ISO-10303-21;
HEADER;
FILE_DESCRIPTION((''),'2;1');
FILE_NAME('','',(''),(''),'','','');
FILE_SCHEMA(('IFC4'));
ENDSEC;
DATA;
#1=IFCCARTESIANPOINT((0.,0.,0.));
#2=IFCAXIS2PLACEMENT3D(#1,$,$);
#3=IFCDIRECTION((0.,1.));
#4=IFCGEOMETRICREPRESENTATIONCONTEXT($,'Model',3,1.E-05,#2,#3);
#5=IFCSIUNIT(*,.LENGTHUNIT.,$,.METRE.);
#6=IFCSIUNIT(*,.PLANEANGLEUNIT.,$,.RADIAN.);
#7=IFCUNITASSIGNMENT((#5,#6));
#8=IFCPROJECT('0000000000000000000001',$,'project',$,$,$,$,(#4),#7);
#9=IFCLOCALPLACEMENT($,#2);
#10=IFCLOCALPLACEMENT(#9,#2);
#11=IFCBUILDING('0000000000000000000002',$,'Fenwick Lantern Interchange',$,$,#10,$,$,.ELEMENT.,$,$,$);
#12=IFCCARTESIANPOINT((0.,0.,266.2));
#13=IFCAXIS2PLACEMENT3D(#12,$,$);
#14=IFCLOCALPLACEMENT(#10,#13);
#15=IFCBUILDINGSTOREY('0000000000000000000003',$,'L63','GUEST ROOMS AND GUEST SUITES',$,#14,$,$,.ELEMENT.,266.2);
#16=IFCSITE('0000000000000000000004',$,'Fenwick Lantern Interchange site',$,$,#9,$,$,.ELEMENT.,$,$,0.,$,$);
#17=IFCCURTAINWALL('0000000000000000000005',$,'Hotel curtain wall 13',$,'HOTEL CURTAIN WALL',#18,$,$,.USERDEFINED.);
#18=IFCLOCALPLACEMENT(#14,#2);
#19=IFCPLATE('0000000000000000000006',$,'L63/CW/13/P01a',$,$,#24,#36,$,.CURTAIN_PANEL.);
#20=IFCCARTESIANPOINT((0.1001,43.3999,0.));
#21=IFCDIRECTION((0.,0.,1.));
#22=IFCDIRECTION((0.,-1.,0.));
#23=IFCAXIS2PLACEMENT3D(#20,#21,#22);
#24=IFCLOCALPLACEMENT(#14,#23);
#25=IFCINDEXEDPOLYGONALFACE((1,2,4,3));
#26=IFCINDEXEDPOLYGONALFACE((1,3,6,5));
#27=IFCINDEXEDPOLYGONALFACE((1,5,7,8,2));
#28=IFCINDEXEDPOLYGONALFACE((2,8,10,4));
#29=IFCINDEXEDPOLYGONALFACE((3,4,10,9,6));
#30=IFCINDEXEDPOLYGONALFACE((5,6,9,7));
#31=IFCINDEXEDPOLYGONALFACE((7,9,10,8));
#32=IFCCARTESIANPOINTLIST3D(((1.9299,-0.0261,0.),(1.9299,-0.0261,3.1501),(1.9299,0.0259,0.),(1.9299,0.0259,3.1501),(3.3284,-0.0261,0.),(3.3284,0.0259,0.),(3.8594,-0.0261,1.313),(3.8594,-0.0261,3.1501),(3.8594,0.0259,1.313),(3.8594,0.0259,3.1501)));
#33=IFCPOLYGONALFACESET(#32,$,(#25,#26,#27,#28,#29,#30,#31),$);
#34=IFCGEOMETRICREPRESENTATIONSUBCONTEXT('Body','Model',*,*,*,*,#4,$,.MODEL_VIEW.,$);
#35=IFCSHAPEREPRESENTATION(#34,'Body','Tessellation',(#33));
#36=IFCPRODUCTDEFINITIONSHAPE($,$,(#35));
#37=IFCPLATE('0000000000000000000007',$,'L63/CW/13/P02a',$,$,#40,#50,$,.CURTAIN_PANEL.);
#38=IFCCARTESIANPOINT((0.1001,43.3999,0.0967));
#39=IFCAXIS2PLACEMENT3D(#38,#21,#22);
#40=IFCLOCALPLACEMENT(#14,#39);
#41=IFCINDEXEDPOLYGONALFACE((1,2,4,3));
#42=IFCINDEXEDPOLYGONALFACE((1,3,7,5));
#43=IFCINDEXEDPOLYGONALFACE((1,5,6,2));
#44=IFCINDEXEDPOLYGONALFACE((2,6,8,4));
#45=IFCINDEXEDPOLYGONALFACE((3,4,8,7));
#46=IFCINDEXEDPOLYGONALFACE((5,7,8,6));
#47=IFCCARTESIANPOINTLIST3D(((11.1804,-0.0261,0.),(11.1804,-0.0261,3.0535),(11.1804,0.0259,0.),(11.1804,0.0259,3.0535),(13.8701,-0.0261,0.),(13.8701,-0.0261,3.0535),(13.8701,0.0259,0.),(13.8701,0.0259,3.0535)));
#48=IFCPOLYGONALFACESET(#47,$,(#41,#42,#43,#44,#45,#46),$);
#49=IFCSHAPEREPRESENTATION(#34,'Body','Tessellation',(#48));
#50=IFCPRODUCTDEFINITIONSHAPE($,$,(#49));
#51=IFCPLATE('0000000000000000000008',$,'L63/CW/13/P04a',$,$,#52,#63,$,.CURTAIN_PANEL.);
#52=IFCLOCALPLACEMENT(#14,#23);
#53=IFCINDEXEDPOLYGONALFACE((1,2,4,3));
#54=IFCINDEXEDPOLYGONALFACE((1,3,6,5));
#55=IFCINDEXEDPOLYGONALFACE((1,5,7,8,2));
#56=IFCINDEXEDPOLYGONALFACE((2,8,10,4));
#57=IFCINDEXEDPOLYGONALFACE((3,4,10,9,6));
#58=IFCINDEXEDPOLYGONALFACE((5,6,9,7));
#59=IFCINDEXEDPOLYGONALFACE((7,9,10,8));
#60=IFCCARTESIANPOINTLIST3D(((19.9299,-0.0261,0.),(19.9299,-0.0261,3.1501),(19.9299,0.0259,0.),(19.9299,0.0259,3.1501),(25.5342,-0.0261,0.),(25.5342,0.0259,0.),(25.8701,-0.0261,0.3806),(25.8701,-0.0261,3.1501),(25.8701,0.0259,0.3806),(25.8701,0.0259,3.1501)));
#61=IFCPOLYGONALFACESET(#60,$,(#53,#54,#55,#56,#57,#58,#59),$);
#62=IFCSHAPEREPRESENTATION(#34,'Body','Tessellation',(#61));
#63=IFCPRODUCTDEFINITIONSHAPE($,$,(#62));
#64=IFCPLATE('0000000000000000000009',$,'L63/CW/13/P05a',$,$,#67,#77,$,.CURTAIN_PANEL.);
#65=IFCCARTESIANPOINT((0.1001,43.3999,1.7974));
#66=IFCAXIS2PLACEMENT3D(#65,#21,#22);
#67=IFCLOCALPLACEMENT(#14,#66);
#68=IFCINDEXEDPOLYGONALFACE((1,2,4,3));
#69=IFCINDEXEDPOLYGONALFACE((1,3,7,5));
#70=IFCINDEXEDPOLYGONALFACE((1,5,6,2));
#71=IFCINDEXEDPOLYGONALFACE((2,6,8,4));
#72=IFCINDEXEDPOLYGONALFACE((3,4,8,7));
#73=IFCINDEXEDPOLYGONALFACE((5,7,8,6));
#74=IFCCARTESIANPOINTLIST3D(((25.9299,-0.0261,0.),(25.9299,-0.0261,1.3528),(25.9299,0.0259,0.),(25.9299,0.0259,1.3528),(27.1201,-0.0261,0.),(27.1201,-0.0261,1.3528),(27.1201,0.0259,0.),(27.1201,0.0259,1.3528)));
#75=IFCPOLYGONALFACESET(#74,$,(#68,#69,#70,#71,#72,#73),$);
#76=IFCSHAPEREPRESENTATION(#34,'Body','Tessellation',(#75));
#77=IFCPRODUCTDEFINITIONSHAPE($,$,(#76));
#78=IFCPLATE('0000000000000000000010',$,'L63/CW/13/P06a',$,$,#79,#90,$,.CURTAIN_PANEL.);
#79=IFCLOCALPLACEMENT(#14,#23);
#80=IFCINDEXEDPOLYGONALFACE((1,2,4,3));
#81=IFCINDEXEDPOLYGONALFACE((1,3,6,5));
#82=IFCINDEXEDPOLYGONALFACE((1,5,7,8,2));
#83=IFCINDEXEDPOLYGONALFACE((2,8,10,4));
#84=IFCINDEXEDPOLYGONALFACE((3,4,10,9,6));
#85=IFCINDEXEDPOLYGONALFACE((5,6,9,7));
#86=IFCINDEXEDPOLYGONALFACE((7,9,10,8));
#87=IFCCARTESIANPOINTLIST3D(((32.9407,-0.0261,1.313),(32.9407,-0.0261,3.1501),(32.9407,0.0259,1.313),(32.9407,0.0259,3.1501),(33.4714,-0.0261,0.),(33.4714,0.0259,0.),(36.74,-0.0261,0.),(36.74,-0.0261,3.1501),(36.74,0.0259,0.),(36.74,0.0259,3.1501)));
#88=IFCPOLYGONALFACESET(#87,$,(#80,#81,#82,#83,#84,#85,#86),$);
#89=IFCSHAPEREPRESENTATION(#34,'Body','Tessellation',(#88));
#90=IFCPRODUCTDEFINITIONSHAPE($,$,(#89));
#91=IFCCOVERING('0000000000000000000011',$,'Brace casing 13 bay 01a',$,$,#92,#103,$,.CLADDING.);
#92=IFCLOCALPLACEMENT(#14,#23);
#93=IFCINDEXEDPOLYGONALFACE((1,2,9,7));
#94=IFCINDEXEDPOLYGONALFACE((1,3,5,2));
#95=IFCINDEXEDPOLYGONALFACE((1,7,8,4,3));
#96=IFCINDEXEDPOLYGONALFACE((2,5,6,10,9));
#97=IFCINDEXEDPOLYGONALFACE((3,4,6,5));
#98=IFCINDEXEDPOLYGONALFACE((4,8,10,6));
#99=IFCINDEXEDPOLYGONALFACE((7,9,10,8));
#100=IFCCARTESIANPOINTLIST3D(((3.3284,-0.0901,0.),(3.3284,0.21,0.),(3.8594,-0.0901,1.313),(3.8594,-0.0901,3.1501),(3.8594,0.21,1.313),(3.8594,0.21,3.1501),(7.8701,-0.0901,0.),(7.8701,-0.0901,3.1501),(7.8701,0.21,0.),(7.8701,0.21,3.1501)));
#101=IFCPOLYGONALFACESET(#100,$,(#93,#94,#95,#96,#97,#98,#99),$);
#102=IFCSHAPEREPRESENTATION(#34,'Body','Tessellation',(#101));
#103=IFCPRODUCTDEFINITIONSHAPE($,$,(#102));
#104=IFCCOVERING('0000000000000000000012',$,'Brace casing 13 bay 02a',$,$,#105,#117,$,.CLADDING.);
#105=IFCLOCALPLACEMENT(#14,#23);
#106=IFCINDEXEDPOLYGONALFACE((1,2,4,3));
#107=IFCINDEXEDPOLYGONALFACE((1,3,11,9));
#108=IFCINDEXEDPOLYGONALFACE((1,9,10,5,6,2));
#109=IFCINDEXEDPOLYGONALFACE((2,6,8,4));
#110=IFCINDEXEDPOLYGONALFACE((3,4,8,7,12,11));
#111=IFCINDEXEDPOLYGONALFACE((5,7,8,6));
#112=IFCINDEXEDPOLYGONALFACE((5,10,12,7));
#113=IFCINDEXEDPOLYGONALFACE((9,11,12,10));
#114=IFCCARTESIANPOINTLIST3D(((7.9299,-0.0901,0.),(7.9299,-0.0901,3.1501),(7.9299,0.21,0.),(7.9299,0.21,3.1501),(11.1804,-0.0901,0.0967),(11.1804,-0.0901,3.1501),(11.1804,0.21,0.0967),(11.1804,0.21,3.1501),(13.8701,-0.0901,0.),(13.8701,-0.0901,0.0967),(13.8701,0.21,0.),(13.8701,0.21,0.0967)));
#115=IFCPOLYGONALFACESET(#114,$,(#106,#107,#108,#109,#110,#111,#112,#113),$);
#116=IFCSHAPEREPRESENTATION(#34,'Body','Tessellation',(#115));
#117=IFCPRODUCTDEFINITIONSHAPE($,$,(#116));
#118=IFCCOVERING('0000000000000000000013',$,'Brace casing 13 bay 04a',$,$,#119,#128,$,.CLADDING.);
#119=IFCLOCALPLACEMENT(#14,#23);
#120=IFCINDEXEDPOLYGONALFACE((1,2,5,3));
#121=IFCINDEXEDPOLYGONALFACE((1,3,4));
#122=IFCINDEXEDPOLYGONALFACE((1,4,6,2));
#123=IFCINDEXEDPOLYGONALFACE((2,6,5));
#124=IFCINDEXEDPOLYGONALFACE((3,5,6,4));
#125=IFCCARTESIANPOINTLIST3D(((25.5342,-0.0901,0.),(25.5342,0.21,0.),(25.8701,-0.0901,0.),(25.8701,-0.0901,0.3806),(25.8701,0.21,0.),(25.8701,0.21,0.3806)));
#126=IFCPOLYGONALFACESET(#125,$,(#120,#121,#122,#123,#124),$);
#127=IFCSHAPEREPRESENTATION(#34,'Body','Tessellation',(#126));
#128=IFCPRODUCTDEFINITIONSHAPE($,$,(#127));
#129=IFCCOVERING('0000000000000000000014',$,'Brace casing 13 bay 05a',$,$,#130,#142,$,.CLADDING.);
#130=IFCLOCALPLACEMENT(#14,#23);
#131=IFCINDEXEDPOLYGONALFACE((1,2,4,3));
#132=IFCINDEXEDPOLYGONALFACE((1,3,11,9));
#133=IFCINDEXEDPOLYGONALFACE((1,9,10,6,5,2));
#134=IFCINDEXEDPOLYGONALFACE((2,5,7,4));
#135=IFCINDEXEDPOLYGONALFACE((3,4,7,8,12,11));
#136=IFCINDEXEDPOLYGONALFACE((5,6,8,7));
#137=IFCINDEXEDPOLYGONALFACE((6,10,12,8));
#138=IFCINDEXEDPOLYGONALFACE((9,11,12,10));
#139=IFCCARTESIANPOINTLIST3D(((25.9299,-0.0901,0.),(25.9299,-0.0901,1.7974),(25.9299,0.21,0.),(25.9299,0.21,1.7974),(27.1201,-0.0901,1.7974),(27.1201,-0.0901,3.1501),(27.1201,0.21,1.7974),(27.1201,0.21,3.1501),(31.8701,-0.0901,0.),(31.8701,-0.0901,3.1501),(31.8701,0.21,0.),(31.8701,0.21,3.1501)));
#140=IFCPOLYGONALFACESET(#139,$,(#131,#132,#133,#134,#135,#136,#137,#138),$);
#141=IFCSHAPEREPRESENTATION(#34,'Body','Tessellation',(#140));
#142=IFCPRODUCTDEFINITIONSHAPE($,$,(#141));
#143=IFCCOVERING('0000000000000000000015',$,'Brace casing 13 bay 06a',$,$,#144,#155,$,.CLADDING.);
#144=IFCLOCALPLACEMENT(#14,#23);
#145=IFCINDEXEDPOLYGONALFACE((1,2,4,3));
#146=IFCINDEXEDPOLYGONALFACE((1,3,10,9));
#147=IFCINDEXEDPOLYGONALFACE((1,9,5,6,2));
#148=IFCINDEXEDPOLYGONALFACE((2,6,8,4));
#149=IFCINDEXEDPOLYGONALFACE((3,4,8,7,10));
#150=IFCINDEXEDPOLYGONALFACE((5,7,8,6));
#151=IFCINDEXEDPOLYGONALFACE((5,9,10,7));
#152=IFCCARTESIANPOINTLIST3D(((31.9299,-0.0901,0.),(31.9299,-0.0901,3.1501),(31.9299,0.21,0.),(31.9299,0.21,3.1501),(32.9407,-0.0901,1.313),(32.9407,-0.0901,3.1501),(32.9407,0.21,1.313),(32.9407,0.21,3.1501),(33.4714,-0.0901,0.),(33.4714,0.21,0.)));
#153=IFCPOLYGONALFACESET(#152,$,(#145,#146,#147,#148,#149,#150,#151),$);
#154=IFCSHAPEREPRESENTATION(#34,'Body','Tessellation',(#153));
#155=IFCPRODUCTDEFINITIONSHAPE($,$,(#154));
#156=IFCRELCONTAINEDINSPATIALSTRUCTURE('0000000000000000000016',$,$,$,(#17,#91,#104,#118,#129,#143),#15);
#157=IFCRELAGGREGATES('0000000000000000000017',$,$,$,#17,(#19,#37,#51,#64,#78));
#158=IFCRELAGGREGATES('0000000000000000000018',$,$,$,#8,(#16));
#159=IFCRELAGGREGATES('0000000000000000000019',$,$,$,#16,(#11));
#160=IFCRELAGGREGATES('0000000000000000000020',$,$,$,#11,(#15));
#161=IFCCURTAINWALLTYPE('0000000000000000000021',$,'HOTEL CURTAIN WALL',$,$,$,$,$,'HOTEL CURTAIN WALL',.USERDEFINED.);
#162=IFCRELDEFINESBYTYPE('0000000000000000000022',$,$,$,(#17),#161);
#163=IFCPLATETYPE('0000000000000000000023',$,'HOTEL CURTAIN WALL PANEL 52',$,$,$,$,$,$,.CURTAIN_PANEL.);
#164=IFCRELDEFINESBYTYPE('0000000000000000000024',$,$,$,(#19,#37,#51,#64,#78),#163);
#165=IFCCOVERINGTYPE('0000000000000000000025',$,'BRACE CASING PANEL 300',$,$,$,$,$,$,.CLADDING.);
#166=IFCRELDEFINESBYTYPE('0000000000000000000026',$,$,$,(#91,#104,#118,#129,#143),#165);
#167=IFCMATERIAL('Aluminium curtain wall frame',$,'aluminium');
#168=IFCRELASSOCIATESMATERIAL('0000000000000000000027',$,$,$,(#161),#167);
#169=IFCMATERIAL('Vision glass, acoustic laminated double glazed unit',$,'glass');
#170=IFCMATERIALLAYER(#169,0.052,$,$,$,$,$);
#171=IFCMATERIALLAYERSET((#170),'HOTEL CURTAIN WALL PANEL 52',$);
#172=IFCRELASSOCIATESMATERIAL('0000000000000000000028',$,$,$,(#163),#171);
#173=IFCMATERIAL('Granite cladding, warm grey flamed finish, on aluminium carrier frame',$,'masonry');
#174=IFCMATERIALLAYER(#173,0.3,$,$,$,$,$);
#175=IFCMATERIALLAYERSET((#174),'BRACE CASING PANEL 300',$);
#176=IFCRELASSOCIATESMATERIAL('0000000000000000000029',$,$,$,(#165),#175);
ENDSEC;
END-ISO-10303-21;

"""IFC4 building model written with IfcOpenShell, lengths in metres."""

from ifc_helpers import new_model, si_unit, direction, frame, origin, place, context, subcontext, project, spatial, polyline, outline, extrude, material, layer, layer_set, type_object, element, aggregate, save


model = new_model("IFC4")

# Units and contexts
model_context = context("Model", 3, precision=1e-05, world=origin(), true_north=direction((0.0, 1.0)))
body_context = subcontext(model_context, "Body", "Model", "MODEL_VIEW")
ifc_project = project(units=[si_unit("LENGTHUNIT", "METRE"), si_unit("PLANEANGLEUNIT", "RADIAN")], contexts=[model_context])

# Site, building, storey
site_placement = place(None, origin())
site = spatial("IfcSite", under=ifc_project, at=site_placement, Name="Fenwick Lantern Interchange site", CompositionType="ELEMENT", RefElevation=0.0)
building_placement = place(site_placement, origin())
building = spatial("IfcBuilding", under=site, at=building_placement, Name="Fenwick Lantern Interchange", CompositionType="ELEMENT")
storey_placement = place(building_placement, frame((0.0, 0.0, 266.2)))
storey = spatial("IfcBuildingStorey", under=building, at=storey_placement, Name="L63", Description="GUEST ROOMS AND GUEST SUITES", CompositionType="ELEMENT", Elevation=266.2)

# Shared definitions
ifc_material_1 = material(Name="Aluminium curtain wall frame", Category="aluminium")
curtain_wall_type = type_object("IfcCurtainWallType", Name="HOTEL CURTAIN WALL", ElementType="HOTEL CURTAIN WALL", PredefinedType="USERDEFINED", material=ifc_material_1)

# Curtain wall
curtain_wall_1_placement = place(storey_placement, origin())
curtain_wall_1 = element("IfcCurtainWall", 1, at=curtain_wall_1_placement, inside=storey, type_object=curtain_wall_type, Name="Hotel curtain wall 13", ObjectType="HOTEL CURTAIN WALL", PredefinedType="USERDEFINED")

# Plates
ifc_material_2 = material(Name="Vision glass, acoustic laminated double glazed unit", Category="glass")
ifc_layer_1 = layer(ifc_material_2, 0.052)
ifc_layer_set_1 = layer_set([ifc_layer_1], Name="HOTEL CURTAIN WALL PANEL 52")
plate_type = type_object("IfcPlateType", Name="HOTEL CURTAIN WALL PANEL 52", PredefinedType="CURTAIN_PANEL", material=ifc_layer_set_1)
plate_1_placement = place(storey_placement, frame((0.1001, 43.3999, 0.0), z_axis=(0.0, 0.0, 1.0), x_axis=(0.0, -1.0, 0.0)))
plate_1 = element("IfcPlate", 2, at=plate_1_placement, type_object=plate_type, Name="L63/CW/13/P01a", PredefinedType="CURTAIN_PANEL", context=body_context, shape_type="SweptSolid", body=[
    extrude(outline(polyline([(1.9299, 0.0), (3.3284, 0.0), (3.8594, 1.313), (3.8594, 3.1501), (1.9299, 3.1501), (1.9299, 0.0)])), frame((0.0, 0.0259, 0.0), z_axis=(0.0, -1.0, 0.0), x_axis=(1.0, 0.0, 0.0)), (0.0, 0.0, 1.0), 0.052),
])
plate_2_placement = place(storey_placement, frame((0.1001, 43.3999, 0.0967), z_axis=(0.0, 0.0, 1.0), x_axis=(0.0, -1.0, 0.0)))
plate_2 = element("IfcPlate", 3, at=plate_2_placement, type_object=plate_type, Name="L63/CW/13/P02a", PredefinedType="CURTAIN_PANEL", context=body_context, shape_type="SweptSolid", body=[
    extrude(outline(polyline([(11.1804, 0.0), (13.8701, 0.0), (13.8701, 3.0535), (11.1804, 3.0535), (11.1804, 0.0)])), frame((0.0, 0.0259, 0.0), z_axis=(0.0, -1.0, 0.0), x_axis=(1.0, 0.0, 0.0)), (0.0, 0.0, 1.0), 0.052),
])
plate_3_placement = place(storey_placement, frame((0.1001, 43.3999, 0.0), z_axis=(0.0, 0.0, 1.0), x_axis=(0.0, -1.0, 0.0)))
plate_3 = element("IfcPlate", 4, at=plate_3_placement, type_object=plate_type, Name="L63/CW/13/P04a", PredefinedType="CURTAIN_PANEL", context=body_context, shape_type="SweptSolid", body=[
    extrude(outline(polyline([(19.9299, 0.0), (25.5342, 0.0), (25.8701, 0.3806), (25.8701, 3.1501), (19.9299, 3.1501), (19.9299, 0.0)])), frame((0.0, 0.0259, 0.0), z_axis=(0.0, -1.0, 0.0), x_axis=(1.0, 0.0, 0.0)), (0.0, 0.0, 1.0), 0.052),
])
plate_4_placement = place(storey_placement, frame((0.1001, 43.3999, 1.7974), z_axis=(0.0, 0.0, 1.0), x_axis=(0.0, -1.0, 0.0)))
plate_4 = element("IfcPlate", 5, at=plate_4_placement, type_object=plate_type, Name="L63/CW/13/P05a", PredefinedType="CURTAIN_PANEL", context=body_context, shape_type="SweptSolid", body=[
    extrude(outline(polyline([(25.9299, 0.0), (27.1201, 0.0), (27.1201, 1.3528), (25.9299, 1.3528), (25.9299, 0.0)])), frame((0.0, 0.0259, 0.0), z_axis=(0.0, -1.0, 0.0), x_axis=(1.0, 0.0, 0.0)), (0.0, 0.0, 1.0), 0.052),
])
plate_5_placement = place(storey_placement, frame((0.1001, 43.3999, 0.0), z_axis=(0.0, 0.0, 1.0), x_axis=(0.0, -1.0, 0.0)))
plate_5 = element("IfcPlate", 6, at=plate_5_placement, type_object=plate_type, Name="L63/CW/13/P06a", PredefinedType="CURTAIN_PANEL", context=body_context, shape_type="SweptSolid", body=[
    extrude(outline(polyline([(33.4714, 0.0), (36.74, 0.0), (36.74, 3.1501), (32.9407, 3.1501), (32.9407, 1.313), (33.4714, 0.0)])), frame((0.0, 0.0259, 0.0), z_axis=(0.0, -1.0, 0.0), x_axis=(1.0, 0.0, 0.0)), (0.0, 0.0, 1.0), 0.052),
])
aggregate(curtain_wall_1, [plate_1, plate_2, plate_3, plate_4, plate_5])

# Coverings
ifc_material_3 = material(Name="Granite cladding, warm grey flamed finish, on aluminium carrier frame", Category="masonry")
ifc_layer_2 = layer(ifc_material_3, 0.3)
ifc_layer_set_2 = layer_set([ifc_layer_2], Name="BRACE CASING PANEL 300")
covering_type = type_object("IfcCoveringType", Name="BRACE CASING PANEL 300", PredefinedType="CLADDING", material=ifc_layer_set_2)
covering_1_placement = place(storey_placement, frame((0.1001, 43.3999, 0.0), z_axis=(0.0, 0.0, 1.0), x_axis=(0.0, -1.0, 0.0)))
element("IfcCovering", 7, at=covering_1_placement, inside=storey, type_object=covering_type, Name="Brace casing 13 bay 01a", PredefinedType="CLADDING", context=body_context, shape_type="SweptSolid", body=[
    extrude(outline(polyline([(3.3284, 0.0), (7.8701, 0.0), (7.8701, 3.1501), (3.8594, 3.1501), (3.8594, 1.313), (3.3284, 0.0)])), frame((0.0, 0.21, 0.0), z_axis=(0.0, -1.0, 0.0), x_axis=(1.0, 0.0, 0.0)), (0.0, 0.0, 1.0), 0.3),
])
covering_2_placement = place(storey_placement, frame((0.1001, 43.3999, 0.0), z_axis=(0.0, 0.0, 1.0), x_axis=(0.0, -1.0, 0.0)))
element("IfcCovering", 8, at=covering_2_placement, inside=storey, type_object=covering_type, Name="Brace casing 13 bay 02a", PredefinedType="CLADDING", context=body_context, shape_type="SweptSolid", body=[
    extrude(outline(polyline([(7.9299, 0.0), (13.8701, 0.0), (13.8701, 0.0967), (11.1804, 0.0967), (11.1804, 3.1501), (7.9299, 3.1501), (7.9299, 0.0)])), frame((0.0, 0.21, 0.0), z_axis=(0.0, -1.0, 0.0), x_axis=(1.0, 0.0, 0.0)), (0.0, 0.0, 1.0), 0.3),
])
covering_3_placement = place(storey_placement, frame((0.1001, 43.3999, 0.0), z_axis=(0.0, 0.0, 1.0), x_axis=(0.0, -1.0, 0.0)))
element("IfcCovering", 9, at=covering_3_placement, inside=storey, type_object=covering_type, Name="Brace casing 13 bay 04a", PredefinedType="CLADDING", context=body_context, shape_type="SweptSolid", body=[
    extrude(outline(polyline([(25.5342, 0.0), (25.8701, 0.0), (25.8701, 0.3806), (25.5342, 0.0)])), frame((0.0, 0.21, 0.0), z_axis=(0.0, -1.0, 0.0), x_axis=(1.0, 0.0, 0.0)), (0.0, 0.0, 1.0), 0.3),
])
covering_4_placement = place(storey_placement, frame((0.1001, 43.3999, 0.0), z_axis=(0.0, 0.0, 1.0), x_axis=(0.0, -1.0, 0.0)))
element("IfcCovering", 10, at=covering_4_placement, inside=storey, type_object=covering_type, Name="Brace casing 13 bay 05a", PredefinedType="CLADDING", context=body_context, shape_type="SweptSolid", body=[
    extrude(outline(polyline([(25.9299, 0.0), (31.8701, 0.0), (31.8701, 3.1501), (27.1201, 3.1501), (27.1201, 1.7974), (25.9299, 1.7974), (25.9299, 0.0)])), frame((0.0, 0.21, 0.0), z_axis=(0.0, -1.0, 0.0), x_axis=(1.0, 0.0, 0.0)), (0.0, 0.0, 1.0), 0.3),
])
covering_5_placement = place(storey_placement, frame((0.1001, 43.3999, 0.0), z_axis=(0.0, 0.0, 1.0), x_axis=(0.0, -1.0, 0.0)))
element("IfcCovering", 11, at=covering_5_placement, inside=storey, type_object=covering_type, Name="Brace casing 13 bay 06a", PredefinedType="CLADDING", context=body_context, shape_type="SweptSolid", body=[
    extrude(outline(polyline([(31.9299, 0.0), (33.4714, 0.0), (32.9407, 1.313), (32.9407, 3.1501), (31.9299, 3.1501), (31.9299, 0.0)])), frame((0.0, 0.21, 0.0), z_axis=(0.0, -1.0, 0.0), x_axis=(1.0, 0.0, 0.0)), (0.0, 0.0, 1.0), 0.3),
])

save(model, "model.ifc")
